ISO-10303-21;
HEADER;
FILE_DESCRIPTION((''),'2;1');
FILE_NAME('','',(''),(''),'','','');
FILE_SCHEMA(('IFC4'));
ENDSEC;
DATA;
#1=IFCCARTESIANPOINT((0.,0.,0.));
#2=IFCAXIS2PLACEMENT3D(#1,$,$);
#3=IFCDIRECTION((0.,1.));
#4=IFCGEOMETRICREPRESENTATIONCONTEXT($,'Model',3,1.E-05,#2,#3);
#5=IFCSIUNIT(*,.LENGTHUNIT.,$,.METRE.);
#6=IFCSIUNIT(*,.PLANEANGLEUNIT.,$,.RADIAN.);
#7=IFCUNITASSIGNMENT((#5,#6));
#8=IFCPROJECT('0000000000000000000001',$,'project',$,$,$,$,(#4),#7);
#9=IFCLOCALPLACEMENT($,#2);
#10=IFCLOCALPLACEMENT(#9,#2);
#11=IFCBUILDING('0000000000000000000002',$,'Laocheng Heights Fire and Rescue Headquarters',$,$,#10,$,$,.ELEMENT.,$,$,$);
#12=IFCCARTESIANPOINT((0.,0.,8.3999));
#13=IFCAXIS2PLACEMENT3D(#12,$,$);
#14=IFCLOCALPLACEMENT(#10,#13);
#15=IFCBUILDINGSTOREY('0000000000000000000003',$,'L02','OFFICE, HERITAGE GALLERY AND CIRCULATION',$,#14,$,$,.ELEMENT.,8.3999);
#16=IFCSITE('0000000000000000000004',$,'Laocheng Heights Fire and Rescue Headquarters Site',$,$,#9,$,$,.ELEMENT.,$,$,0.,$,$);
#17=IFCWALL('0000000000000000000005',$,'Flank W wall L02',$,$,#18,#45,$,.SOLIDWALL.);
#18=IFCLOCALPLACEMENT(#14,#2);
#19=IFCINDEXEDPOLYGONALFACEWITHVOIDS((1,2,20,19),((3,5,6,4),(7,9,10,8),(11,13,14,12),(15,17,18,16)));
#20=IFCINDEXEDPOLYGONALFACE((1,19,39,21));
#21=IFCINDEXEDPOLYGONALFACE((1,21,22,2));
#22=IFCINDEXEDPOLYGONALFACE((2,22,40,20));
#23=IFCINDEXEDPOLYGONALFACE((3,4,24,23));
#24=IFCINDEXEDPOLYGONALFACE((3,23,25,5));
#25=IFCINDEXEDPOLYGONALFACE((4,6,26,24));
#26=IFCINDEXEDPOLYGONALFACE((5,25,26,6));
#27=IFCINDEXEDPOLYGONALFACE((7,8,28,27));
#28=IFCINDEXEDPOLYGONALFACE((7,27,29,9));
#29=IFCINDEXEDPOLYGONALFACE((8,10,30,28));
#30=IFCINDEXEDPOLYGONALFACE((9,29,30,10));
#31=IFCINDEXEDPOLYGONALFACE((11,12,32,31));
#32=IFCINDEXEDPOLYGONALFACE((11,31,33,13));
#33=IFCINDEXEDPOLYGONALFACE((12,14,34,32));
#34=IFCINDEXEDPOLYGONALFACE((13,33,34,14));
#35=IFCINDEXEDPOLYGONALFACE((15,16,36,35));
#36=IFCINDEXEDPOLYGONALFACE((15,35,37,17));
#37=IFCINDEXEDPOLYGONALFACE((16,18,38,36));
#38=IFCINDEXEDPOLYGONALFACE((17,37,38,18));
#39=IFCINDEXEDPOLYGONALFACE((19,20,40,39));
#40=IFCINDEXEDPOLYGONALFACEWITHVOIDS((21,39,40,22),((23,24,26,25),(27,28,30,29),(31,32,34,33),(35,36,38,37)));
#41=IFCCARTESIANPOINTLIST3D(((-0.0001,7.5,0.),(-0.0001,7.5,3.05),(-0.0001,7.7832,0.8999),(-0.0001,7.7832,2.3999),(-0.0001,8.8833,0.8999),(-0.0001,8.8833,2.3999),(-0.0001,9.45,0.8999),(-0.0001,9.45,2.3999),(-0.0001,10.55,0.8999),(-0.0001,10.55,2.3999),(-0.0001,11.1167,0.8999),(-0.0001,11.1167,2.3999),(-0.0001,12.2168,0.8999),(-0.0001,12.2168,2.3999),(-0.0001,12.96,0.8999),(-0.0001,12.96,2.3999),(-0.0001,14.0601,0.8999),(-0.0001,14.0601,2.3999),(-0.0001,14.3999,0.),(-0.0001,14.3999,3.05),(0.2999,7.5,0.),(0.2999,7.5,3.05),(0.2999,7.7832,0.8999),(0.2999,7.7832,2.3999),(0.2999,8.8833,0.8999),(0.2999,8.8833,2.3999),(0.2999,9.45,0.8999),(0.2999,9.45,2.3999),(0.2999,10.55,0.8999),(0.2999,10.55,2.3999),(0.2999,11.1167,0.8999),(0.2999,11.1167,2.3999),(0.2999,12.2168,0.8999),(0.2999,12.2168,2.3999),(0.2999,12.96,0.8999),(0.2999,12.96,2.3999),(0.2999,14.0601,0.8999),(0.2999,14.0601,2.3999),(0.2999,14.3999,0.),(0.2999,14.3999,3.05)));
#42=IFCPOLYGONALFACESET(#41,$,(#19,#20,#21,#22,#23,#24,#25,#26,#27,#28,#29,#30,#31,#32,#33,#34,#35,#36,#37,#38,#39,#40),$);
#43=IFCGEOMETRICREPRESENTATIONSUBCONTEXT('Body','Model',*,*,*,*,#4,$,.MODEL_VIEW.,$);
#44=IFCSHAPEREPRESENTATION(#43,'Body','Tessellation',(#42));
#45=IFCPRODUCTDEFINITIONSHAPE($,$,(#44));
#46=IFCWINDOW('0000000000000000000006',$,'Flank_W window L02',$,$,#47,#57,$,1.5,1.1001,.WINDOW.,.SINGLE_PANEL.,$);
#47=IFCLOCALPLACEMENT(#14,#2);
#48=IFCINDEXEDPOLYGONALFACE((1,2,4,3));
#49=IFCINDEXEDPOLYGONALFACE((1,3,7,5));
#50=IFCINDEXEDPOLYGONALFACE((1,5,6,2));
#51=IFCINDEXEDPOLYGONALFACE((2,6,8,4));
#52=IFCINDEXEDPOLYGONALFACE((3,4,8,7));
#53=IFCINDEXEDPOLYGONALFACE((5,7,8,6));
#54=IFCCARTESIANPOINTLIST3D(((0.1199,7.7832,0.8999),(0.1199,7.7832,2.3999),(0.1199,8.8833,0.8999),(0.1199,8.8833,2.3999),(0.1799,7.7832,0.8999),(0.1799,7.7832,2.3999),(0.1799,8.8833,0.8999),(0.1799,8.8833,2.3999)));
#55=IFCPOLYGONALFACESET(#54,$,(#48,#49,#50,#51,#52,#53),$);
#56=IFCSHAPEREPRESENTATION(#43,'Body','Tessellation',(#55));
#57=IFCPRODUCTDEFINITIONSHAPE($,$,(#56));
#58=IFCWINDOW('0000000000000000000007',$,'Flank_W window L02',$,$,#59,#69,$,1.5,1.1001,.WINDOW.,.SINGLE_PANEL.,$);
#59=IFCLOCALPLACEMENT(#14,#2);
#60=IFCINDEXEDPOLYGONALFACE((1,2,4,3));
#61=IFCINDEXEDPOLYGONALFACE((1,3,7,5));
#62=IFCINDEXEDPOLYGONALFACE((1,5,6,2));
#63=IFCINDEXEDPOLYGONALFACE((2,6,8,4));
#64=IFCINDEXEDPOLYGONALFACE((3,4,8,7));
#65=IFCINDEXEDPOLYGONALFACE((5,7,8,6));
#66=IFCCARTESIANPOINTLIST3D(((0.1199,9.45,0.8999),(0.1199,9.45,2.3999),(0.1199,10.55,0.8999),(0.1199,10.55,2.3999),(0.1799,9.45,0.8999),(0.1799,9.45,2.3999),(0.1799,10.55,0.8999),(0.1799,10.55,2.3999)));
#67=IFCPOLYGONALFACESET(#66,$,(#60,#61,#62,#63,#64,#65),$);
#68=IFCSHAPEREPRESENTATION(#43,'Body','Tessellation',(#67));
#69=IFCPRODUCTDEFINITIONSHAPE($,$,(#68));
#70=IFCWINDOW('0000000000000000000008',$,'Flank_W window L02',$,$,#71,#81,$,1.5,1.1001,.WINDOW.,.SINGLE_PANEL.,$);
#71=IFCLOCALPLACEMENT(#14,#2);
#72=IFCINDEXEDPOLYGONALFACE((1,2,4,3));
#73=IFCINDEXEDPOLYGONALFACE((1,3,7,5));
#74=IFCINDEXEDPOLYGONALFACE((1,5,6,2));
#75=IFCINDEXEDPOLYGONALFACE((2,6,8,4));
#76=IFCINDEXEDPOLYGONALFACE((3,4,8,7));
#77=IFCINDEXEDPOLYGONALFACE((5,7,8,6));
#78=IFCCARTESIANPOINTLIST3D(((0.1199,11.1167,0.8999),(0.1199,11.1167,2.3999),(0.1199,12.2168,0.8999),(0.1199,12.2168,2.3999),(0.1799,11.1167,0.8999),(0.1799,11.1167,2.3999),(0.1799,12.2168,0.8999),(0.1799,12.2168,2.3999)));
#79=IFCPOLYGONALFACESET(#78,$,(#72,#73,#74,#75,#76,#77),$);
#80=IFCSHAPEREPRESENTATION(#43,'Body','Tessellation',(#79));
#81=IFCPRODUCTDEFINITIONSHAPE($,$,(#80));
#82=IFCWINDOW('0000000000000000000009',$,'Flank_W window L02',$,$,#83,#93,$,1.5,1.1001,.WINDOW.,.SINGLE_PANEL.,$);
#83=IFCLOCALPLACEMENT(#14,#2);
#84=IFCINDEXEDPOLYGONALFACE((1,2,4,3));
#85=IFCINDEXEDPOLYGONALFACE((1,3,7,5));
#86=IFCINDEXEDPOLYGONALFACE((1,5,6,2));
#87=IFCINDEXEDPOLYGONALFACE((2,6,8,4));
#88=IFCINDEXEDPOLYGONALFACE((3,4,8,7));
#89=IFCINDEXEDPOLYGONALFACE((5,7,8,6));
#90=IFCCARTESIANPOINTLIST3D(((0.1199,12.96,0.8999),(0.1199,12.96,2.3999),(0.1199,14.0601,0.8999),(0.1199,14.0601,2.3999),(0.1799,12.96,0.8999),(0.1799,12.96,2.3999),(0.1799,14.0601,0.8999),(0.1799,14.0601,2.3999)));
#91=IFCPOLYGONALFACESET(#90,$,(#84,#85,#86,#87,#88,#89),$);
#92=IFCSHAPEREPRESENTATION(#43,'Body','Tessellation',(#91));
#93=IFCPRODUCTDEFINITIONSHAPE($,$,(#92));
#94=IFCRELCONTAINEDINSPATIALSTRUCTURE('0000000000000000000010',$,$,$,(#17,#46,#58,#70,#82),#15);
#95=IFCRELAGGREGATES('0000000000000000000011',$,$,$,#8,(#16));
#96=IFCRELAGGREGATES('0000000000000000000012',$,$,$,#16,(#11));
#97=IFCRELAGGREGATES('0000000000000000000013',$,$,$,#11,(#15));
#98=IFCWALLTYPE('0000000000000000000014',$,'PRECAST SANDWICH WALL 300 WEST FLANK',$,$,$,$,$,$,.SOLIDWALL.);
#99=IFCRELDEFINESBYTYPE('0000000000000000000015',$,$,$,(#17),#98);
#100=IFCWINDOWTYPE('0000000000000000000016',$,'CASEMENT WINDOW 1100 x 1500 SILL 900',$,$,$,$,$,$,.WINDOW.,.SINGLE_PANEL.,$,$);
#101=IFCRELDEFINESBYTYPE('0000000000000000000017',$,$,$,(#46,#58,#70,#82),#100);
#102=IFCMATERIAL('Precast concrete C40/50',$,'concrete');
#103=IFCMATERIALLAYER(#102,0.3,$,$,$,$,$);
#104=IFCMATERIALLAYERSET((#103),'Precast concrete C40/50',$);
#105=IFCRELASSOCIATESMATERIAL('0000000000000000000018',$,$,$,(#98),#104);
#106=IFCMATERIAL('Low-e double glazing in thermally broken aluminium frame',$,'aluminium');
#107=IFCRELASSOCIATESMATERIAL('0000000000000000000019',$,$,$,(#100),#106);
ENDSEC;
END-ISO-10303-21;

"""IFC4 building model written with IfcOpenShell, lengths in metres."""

from ifc_helpers import new_model, si_unit, direction, frame, frame_2d, origin, place, context, subcontext, project, spatial, rectangle, extrude, material, layer, layer_set, type_object, element, fill, save


model = new_model("IFC4")

# Units and contexts
model_context = context("Model", 3, precision=1e-05, world=origin(), true_north=direction((0.0, 1.0)))
body_context = subcontext(model_context, "Body", "Model", "MODEL_VIEW")
ifc_project = project(units=[si_unit("LENGTHUNIT", "METRE"), si_unit("PLANEANGLEUNIT", "RADIAN")], contexts=[model_context])

# Site, building, storey
site_placement = place(None, origin())
site = spatial("IfcSite", under=ifc_project, at=site_placement, Name="Laocheng Heights Fire and Rescue Headquarters Site", CompositionType="ELEMENT", RefElevation=0.0)
building_placement = place(site_placement, origin())
building = spatial("IfcBuilding", under=site, at=building_placement, Name="Laocheng Heights Fire and Rescue Headquarters", CompositionType="ELEMENT")
storey_placement = place(building_placement, frame((0.0, 0.0, 8.3999)))
storey = spatial("IfcBuildingStorey", under=building, at=storey_placement, Name="L02", Description="OFFICE, HERITAGE GALLERY AND CIRCULATION", CompositionType="ELEMENT", Elevation=8.3999)

# Wall, openings, windows
ifc_material_1 = material(Name="Precast concrete C40/50", Category="concrete")
ifc_layer_1 = layer(ifc_material_1, 0.3)
ifc_layer_set_1 = layer_set([ifc_layer_1], Name="Precast concrete C40/50")
wall_type_1 = type_object("IfcWallType", Name="PRECAST SANDWICH WALL 300 WEST FLANK", PredefinedType="SOLIDWALL", material=ifc_layer_set_1)
wall_1_placement = place(storey_placement, frame((0.1499, 7.5, 0.0), z_axis=(0.0, 0.0, 1.0), x_axis=(0.0, 1.0, 0.0)))
wall_1 = element("IfcWall", 1, at=wall_1_placement, inside=storey, type_object=wall_type_1, Name="Flank W wall L02", PredefinedType="SOLIDWALL", context=body_context, shape_type="SweptSolid", body=[
    extrude(rectangle(XDim=6.8999, YDim=0.3, at=frame_2d((3.45, 0.0))), origin(), (0.0, 0.0, 1.0), 3.05),
])
opening_1_placement = place(wall_1_placement, frame((0.2832, 0.0, 0.8999)))
opening_1 = element("IfcOpeningElement", 2, at=opening_1_placement, cuts=wall_1, PredefinedType="OPENING", context=body_context, shape_type="SweptSolid", body=[
    extrude(rectangle(XDim=1.1001, YDim=1.5, at=frame_2d((0.55, 0.75))), frame((0.0, 0.1599, 0.0), z_axis=(0.0, -1.0, 0.0), x_axis=(1.0, 0.0, 0.0)), (0.0, 0.0, 1.0), 0.3201),
])
opening_2_placement = place(wall_1_placement, frame((1.95, 0.0, 0.8999)))
opening_2 = element("IfcOpeningElement", 3, at=opening_2_placement, cuts=wall_1, PredefinedType="OPENING", context=body_context, shape_type="SweptSolid", body=[
    extrude(rectangle(XDim=1.1001, YDim=1.5, at=frame_2d((0.55, 0.75))), frame((0.0, 0.1599, 0.0), z_axis=(0.0, -1.0, 0.0), x_axis=(1.0, 0.0, 0.0)), (0.0, 0.0, 1.0), 0.3201),
])
opening_3_placement = place(wall_1_placement, frame((3.6167, 0.0, 0.8999)))
opening_3 = element("IfcOpeningElement", 4, at=opening_3_placement, cuts=wall_1, PredefinedType="OPENING", context=body_context, shape_type="SweptSolid", body=[
    extrude(rectangle(XDim=1.1001, YDim=1.5, at=frame_2d((0.55, 0.75))), frame((0.0, 0.1599, 0.0), z_axis=(0.0, -1.0, 0.0), x_axis=(1.0, 0.0, 0.0)), (0.0, 0.0, 1.0), 0.3201),
])
opening_4_placement = place(wall_1_placement, frame((5.46, 0.0, 0.8999)))
opening_4 = element("IfcOpeningElement", 5, at=opening_4_placement, cuts=wall_1, PredefinedType="OPENING", context=body_context, shape_type="SweptSolid", body=[
    extrude(rectangle(XDim=1.1001, YDim=1.5, at=frame_2d((0.55, 0.75))), frame((0.0, 0.1599, 0.0), z_axis=(0.0, -1.0, 0.0), x_axis=(1.0, 0.0, 0.0)), (0.0, 0.0, 1.0), 0.3201),
])
ifc_material_2 = material(Name="Low-e double glazing in thermally broken aluminium frame", Category="aluminium")
window_type = type_object("IfcWindowType", Name="CASEMENT WINDOW 1100 x 1500 SILL 900", PartitioningType="SINGLE_PANEL", PredefinedType="WINDOW", material=ifc_material_2)
window_1_placement = place(opening_1_placement, origin())
window_1 = element("IfcWindow", 6, at=window_1_placement, inside=storey, type_object=window_type, Name="Flank_W window L02", OverallHeight=1.5, OverallWidth=1.1001, PartitioningType="SINGLE_PANEL", PredefinedType="WINDOW", context=body_context, shape_type="SweptSolid", body=[
    extrude(rectangle(XDim=1.1001, YDim=1.5, at=frame_2d((0.55, 0.75))), frame((0.0, 0.03, 0.0), z_axis=(0.0, -1.0, 0.0), x_axis=(1.0, 0.0, 0.0)), (0.0, 0.0, 1.0), 0.0601),
])
fill(opening_1, window_1)
window_2_placement = place(opening_2_placement, origin())
window_2 = element("IfcWindow", 7, at=window_2_placement, inside=storey, type_object=window_type, Name="Flank_W window L02", OverallHeight=1.5, OverallWidth=1.1001, PartitioningType="SINGLE_PANEL", PredefinedType="WINDOW", context=body_context, shape_type="SweptSolid", body=[
    extrude(rectangle(XDim=1.1001, YDim=1.5, at=frame_2d((0.55, 0.75))), frame((0.0, 0.03, 0.0), z_axis=(0.0, -1.0, 0.0), x_axis=(1.0, 0.0, 0.0)), (0.0, 0.0, 1.0), 0.0601),
])
fill(opening_2, window_2)
window_3_placement = place(opening_3_placement, origin())
window_3 = element("IfcWindow", 8, at=window_3_placement, inside=storey, type_object=window_type, Name="Flank_W window L02", OverallHeight=1.5, OverallWidth=1.1001, PartitioningType="SINGLE_PANEL", PredefinedType="WINDOW", context=body_context, shape_type="SweptSolid", body=[
    extrude(rectangle(XDim=1.1001, YDim=1.5, at=frame_2d((0.55, 0.75))), frame((0.0, 0.03, 0.0), z_axis=(0.0, -1.0, 0.0), x_axis=(1.0, 0.0, 0.0)), (0.0, 0.0, 1.0), 0.0601),
])
fill(opening_3, window_3)
window_4_placement = place(opening_4_placement, origin())
window_4 = element("IfcWindow", 9, at=window_4_placement, inside=storey, type_object=window_type, Name="Flank_W window L02", OverallHeight=1.5, OverallWidth=1.1001, PartitioningType="SINGLE_PANEL", PredefinedType="WINDOW", context=body_context, shape_type="SweptSolid", body=[
    extrude(rectangle(XDim=1.1001, YDim=1.5, at=frame_2d((0.55, 0.75))), frame((0.0, 0.03, 0.0), z_axis=(0.0, -1.0, 0.0), x_axis=(1.0, 0.0, 0.0)), (0.0, 0.0, 1.0), 0.0601),
])
fill(opening_4, window_4)

save(model, "model.ifc")
